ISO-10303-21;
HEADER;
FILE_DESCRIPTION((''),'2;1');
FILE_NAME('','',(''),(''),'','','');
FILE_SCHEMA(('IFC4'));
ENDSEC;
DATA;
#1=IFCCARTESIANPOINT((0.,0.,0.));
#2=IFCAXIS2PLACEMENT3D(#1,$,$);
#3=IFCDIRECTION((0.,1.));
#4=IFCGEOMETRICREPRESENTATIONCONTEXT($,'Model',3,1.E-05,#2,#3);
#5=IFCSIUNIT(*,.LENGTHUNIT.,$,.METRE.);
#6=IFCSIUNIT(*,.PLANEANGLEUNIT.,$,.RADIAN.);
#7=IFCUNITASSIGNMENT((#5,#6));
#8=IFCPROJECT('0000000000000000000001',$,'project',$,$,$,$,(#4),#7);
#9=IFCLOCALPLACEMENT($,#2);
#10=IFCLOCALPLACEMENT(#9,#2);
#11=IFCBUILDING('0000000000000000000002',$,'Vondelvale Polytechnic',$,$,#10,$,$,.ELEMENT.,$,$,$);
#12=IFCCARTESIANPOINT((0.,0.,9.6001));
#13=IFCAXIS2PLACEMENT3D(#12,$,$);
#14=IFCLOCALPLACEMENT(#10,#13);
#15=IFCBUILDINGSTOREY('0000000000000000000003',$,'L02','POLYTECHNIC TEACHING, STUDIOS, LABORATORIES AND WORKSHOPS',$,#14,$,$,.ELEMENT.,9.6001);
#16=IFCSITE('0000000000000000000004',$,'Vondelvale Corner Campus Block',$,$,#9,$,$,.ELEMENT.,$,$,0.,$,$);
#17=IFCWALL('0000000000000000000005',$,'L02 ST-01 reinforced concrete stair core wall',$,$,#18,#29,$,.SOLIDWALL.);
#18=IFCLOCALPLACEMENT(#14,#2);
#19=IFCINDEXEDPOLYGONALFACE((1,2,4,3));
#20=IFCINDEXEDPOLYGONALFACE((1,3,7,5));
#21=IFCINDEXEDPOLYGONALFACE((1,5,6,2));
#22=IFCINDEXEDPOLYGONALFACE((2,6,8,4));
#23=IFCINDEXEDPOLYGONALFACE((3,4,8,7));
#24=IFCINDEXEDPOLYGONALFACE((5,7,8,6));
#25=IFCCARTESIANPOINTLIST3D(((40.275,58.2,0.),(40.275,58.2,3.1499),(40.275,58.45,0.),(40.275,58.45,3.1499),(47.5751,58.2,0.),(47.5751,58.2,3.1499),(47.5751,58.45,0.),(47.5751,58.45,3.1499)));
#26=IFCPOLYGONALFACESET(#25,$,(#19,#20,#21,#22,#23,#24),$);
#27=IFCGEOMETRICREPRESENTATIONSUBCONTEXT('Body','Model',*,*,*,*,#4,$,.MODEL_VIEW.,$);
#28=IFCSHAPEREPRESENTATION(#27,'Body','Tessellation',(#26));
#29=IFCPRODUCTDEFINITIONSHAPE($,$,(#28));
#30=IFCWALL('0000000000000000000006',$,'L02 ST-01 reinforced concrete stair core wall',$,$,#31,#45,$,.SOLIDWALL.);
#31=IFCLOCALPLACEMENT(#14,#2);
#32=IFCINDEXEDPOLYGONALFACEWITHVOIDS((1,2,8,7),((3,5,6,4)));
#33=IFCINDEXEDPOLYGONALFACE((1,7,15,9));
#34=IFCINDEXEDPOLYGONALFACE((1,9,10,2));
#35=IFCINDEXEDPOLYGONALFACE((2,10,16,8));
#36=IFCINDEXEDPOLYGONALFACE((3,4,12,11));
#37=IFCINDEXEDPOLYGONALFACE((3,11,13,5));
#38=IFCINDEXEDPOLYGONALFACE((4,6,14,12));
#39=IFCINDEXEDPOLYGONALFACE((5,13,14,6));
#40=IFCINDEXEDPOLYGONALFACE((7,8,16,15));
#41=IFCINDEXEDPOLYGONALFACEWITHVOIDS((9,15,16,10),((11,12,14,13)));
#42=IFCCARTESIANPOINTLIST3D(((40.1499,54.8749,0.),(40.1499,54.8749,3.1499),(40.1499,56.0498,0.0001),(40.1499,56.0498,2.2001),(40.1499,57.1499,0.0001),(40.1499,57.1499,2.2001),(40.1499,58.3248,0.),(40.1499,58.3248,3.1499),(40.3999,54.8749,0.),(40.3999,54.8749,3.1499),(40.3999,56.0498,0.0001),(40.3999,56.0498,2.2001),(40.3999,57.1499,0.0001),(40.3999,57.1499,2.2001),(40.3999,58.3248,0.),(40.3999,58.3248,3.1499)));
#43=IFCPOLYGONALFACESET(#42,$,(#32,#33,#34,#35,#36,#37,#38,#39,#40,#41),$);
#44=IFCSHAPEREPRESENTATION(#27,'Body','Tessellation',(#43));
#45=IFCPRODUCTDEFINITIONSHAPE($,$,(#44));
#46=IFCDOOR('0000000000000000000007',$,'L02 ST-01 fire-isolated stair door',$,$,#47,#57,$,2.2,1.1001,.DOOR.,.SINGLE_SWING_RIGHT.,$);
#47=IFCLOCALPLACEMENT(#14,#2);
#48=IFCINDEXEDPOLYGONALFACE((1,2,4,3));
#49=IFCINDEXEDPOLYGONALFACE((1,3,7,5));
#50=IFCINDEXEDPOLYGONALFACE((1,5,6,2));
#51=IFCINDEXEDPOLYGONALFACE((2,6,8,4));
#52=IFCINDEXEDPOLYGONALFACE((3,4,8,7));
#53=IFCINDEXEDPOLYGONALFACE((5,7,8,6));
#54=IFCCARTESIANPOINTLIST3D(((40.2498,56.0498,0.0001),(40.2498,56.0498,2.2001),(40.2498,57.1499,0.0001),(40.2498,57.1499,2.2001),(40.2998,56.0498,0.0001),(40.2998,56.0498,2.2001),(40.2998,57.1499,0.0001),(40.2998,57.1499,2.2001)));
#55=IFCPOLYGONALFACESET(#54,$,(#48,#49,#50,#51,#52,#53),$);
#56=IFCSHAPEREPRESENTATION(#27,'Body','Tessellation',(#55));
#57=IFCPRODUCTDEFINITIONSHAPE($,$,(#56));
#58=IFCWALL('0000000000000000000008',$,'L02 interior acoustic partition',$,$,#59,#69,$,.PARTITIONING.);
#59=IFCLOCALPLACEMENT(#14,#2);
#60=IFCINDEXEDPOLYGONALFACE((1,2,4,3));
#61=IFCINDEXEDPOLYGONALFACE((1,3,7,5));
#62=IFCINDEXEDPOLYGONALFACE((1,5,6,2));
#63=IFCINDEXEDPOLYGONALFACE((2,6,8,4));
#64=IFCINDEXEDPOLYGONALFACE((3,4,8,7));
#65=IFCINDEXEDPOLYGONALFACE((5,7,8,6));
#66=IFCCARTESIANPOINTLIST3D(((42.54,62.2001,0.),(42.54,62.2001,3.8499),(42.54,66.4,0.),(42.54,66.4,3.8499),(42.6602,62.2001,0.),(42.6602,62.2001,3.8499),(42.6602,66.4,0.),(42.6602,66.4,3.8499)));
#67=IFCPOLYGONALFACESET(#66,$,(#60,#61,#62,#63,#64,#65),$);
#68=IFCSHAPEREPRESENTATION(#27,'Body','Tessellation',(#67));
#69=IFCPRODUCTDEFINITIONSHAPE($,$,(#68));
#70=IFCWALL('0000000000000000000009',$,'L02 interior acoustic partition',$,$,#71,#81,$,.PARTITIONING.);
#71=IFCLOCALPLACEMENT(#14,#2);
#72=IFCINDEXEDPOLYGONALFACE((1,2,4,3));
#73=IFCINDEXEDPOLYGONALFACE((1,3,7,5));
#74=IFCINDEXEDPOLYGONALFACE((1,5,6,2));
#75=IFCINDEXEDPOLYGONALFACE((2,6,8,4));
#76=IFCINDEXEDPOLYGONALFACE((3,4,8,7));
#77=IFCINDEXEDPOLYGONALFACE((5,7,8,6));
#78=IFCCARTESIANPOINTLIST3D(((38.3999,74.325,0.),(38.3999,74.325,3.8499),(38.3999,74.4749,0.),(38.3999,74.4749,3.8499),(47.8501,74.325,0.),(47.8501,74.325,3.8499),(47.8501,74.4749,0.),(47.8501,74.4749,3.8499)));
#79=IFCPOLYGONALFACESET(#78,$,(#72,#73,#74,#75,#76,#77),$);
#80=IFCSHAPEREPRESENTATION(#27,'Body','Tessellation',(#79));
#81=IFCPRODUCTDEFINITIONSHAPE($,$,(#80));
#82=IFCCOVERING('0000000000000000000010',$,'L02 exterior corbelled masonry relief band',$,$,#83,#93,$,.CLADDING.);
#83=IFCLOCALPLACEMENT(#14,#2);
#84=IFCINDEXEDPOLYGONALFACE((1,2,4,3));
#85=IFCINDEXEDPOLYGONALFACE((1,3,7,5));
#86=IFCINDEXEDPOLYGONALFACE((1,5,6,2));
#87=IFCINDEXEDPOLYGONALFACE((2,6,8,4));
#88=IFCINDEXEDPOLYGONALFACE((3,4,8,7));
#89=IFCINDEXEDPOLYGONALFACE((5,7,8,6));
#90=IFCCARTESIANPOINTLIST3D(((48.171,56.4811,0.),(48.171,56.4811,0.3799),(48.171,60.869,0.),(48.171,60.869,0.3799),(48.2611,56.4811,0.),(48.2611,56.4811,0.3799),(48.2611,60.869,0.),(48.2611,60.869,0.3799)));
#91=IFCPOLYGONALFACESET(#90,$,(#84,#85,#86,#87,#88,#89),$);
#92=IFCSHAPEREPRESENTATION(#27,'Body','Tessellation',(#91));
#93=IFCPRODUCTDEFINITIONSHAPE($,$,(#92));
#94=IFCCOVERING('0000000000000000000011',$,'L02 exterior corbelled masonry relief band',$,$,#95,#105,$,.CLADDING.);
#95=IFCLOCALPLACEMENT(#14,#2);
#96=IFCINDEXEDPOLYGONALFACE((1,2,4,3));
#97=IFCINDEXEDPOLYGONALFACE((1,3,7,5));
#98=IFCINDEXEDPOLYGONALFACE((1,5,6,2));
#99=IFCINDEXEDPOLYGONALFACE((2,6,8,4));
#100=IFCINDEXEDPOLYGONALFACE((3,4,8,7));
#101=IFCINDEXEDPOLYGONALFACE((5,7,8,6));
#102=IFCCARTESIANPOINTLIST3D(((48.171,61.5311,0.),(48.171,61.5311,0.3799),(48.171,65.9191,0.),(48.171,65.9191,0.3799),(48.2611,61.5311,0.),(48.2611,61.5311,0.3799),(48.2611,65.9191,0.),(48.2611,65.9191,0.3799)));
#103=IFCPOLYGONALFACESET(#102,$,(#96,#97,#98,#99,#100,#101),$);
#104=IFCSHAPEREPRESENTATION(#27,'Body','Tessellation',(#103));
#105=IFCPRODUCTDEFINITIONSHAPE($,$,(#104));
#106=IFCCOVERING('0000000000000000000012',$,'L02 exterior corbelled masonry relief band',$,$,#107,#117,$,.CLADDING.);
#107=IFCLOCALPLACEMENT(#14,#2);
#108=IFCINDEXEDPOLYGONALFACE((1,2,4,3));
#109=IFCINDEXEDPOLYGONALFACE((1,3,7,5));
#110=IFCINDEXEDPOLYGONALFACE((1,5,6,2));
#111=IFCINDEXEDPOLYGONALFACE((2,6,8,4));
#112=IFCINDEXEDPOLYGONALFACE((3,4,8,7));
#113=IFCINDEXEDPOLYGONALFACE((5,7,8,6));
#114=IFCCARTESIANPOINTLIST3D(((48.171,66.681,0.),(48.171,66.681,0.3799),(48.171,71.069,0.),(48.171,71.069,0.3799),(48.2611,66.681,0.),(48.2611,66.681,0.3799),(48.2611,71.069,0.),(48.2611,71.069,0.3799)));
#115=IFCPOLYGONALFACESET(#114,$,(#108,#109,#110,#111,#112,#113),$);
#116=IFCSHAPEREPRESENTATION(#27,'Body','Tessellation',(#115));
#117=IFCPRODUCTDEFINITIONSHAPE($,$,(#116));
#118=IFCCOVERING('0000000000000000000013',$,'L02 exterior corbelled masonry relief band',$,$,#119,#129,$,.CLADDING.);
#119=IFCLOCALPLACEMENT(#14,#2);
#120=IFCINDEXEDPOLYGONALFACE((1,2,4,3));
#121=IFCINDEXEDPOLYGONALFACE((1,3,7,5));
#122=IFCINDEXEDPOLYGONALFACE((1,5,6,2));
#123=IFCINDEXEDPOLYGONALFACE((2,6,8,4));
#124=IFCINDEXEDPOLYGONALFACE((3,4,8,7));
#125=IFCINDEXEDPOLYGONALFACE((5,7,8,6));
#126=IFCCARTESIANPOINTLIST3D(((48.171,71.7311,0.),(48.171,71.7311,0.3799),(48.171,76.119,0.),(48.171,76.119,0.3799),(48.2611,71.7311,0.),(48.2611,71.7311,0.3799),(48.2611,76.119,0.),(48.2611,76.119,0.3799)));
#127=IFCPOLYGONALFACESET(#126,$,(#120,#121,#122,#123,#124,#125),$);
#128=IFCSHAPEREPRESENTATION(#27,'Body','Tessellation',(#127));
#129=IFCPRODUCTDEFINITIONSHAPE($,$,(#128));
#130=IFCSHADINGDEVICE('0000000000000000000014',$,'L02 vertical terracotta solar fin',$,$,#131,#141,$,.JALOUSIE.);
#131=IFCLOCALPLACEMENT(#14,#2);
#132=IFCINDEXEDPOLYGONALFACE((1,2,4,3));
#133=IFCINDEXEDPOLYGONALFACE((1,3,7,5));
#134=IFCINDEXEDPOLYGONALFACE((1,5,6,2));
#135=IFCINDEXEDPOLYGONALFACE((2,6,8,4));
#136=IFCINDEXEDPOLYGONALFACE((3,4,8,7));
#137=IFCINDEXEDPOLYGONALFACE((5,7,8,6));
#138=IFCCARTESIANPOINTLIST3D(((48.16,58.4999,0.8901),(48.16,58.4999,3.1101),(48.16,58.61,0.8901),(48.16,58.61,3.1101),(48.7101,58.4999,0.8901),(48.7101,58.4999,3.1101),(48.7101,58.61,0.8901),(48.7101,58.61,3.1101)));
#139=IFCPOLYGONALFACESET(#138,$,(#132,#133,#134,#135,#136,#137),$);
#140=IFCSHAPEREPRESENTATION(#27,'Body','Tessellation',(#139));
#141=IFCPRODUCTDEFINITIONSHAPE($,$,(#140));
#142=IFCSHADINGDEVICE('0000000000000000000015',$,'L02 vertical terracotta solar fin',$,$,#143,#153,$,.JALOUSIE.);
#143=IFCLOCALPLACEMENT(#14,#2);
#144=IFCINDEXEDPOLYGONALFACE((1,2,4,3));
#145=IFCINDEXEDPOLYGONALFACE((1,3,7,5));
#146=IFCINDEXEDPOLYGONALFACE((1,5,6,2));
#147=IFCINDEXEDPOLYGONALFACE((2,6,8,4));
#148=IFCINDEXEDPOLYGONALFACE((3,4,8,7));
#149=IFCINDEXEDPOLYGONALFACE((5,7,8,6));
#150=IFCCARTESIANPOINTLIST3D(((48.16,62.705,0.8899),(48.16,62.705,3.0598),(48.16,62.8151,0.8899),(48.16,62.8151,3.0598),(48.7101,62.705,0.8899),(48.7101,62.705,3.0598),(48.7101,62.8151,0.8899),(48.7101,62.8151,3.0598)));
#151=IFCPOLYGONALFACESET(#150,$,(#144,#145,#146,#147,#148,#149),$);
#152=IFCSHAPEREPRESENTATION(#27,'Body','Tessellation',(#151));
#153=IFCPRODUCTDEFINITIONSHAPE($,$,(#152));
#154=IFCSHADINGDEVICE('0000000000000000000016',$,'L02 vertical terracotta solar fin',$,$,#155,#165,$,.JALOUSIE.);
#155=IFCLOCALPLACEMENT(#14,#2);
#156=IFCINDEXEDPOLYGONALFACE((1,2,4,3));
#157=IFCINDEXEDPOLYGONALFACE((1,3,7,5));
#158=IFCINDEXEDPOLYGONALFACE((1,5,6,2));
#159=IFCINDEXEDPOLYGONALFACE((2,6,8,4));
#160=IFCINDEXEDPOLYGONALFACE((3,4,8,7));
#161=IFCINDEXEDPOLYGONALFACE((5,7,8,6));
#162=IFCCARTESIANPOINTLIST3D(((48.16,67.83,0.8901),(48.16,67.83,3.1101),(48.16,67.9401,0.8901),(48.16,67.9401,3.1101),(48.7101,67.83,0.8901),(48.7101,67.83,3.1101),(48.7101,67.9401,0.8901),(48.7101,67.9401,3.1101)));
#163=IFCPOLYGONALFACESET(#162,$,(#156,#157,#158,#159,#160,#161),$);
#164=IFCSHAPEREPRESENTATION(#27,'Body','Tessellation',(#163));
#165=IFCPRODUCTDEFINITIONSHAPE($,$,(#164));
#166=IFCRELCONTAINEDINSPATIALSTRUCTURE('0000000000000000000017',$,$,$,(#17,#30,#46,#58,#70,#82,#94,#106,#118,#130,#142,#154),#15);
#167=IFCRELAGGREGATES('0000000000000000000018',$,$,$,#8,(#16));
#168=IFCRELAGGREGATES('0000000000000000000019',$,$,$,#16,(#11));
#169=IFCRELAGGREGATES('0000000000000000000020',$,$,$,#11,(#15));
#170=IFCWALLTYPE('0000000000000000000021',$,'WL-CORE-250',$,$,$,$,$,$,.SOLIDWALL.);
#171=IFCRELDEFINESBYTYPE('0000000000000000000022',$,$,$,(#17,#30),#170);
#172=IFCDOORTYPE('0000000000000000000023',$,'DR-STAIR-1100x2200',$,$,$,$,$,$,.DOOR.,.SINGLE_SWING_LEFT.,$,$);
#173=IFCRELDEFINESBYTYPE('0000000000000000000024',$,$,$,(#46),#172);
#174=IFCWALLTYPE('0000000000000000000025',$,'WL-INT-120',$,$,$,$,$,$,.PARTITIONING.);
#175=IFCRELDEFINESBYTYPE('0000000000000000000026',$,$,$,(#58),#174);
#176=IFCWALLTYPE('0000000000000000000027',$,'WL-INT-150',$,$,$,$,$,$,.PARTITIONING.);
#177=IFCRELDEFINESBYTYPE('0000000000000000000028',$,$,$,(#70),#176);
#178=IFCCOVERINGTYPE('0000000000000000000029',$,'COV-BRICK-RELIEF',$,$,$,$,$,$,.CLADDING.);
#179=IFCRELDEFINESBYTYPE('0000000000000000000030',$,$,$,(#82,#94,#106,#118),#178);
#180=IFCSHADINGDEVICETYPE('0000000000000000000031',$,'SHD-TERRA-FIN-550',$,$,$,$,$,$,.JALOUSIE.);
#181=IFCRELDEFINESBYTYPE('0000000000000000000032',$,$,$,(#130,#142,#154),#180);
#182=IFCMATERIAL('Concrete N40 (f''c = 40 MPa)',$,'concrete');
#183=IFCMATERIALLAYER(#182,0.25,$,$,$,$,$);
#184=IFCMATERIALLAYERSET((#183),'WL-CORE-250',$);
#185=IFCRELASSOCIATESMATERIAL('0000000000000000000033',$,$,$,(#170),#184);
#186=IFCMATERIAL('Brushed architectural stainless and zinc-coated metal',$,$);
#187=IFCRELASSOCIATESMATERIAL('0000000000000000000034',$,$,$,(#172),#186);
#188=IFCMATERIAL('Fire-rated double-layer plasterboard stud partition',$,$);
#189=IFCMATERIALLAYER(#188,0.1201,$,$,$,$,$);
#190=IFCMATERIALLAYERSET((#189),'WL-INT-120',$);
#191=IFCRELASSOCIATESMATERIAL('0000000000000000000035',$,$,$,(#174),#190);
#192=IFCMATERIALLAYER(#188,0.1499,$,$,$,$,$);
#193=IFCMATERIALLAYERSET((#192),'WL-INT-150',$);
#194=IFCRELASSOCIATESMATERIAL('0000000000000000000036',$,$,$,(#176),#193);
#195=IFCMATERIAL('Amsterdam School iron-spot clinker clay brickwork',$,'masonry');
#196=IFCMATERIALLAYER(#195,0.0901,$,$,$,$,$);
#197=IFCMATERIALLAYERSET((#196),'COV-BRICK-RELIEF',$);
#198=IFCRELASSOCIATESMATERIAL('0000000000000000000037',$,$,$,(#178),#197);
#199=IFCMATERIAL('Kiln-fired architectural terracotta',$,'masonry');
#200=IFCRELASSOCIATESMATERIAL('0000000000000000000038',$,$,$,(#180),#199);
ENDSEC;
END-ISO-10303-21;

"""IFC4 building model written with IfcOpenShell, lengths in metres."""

from ifc_helpers import new_model, si_unit, direction, frame, frame_2d, origin, origin_2d, place, context, subcontext, project, spatial, rectangle, extrude, material, layer, layer_set, type_object, element, fill, save


model = new_model("IFC4")

# Units and contexts
model_context = context("Model", 3, precision=1e-05, world=origin(), true_north=direction((0.0, 1.0)))
body_context = subcontext(model_context, "Body", "Model", "MODEL_VIEW")
ifc_project = project(units=[si_unit("LENGTHUNIT", "METRE"), si_unit("PLANEANGLEUNIT", "RADIAN")], contexts=[model_context])

# Site, building, storey
site_placement = place(None, origin())
site = spatial("IfcSite", under=ifc_project, at=site_placement, Name="Vondelvale Corner Campus Block", CompositionType="ELEMENT", RefElevation=0.0)
building_placement = place(site_placement, origin())
building = spatial("IfcBuilding", under=site, at=building_placement, Name="Vondelvale Polytechnic", CompositionType="ELEMENT")
storey_placement = place(building_placement, frame((0.0, 0.0, 9.6001)))
storey = spatial("IfcBuildingStorey", under=building, at=storey_placement, Name="L02", Description="POLYTECHNIC TEACHING, STUDIOS, LABORATORIES AND WORKSHOPS", CompositionType="ELEMENT", Elevation=9.6001)

# Shared definitions
ifc_material_1 = material(Name="Amsterdam School iron-spot clinker clay brickwork", Category="masonry")

# Wall
ifc_material_2 = material(Name="Concrete N40 (f'c = 40 MPa)", Category="concrete")
ifc_layer_1 = layer(ifc_material_2, 0.25)
ifc_layer_set_1 = layer_set([ifc_layer_1], Name="WL-CORE-250")
wall_type_1 = type_object("IfcWallType", Name="WL-CORE-250", PredefinedType="SOLIDWALL", material=ifc_layer_set_1)
wall_1_placement = place(storey_placement, frame((47.575, 58.325, 0.0), z_axis=(0.0, 0.0, 1.0), x_axis=(-1.0, 0.0, 0.0)))
element("IfcWall", 1, at=wall_1_placement, inside=storey, type_object=wall_type_1, Name="L02 ST-01 reinforced concrete stair core wall", PredefinedType="SOLIDWALL", context=body_context, shape_type="SweptSolid", body=[
    extrude(rectangle(XDim=7.3, YDim=0.25, at=frame_2d((3.6499, 0.0))), origin(), (0.0, 0.0, 1.0), 3.1499),
])

# Wall, opening, door
wall_2_placement = place(storey_placement, frame((40.2749, 58.325, 0.0), z_axis=(0.0, 0.0, 1.0), x_axis=(0.0, -1.0, 0.0)))
wall_2 = element("IfcWall", 2, at=wall_2_placement, inside=storey, type_object=wall_type_1, Name="L02 ST-01 reinforced concrete stair core wall", PredefinedType="SOLIDWALL", context=body_context, shape_type="SweptSolid", body=[
    extrude(rectangle(XDim=3.45, YDim=0.25, at=frame_2d((1.7251, 0.0))), origin(), (0.0, 0.0, 1.0), 3.1499),
])
opening_1_placement = place(wall_2_placement, frame((1.175, 0.0, 0.0)))
opening_1 = element("IfcOpeningElement", 3, at=opening_1_placement, cuts=wall_2, PredefinedType="OPENING", context=body_context, shape_type="SweptSolid", body=[
    extrude(rectangle(XDim=1.1001, YDim=2.2, at=frame_2d((0.55, 1.1001))), frame((0.0, 0.135, 0.0), z_axis=(0.0, -1.0, 0.0), x_axis=(1.0, 0.0, 0.0)), (0.0, 0.0, 1.0), 0.27),
])
ifc_material_3 = material(Name="Brushed architectural stainless and zinc-coated metal")
door_type = type_object("IfcDoorType", Name="DR-STAIR-1100x2200", OperationType="SINGLE_SWING_LEFT", PredefinedType="DOOR", material=ifc_material_3)
door_placement = place(opening_1_placement, origin())
door = element("IfcDoor", 4, at=door_placement, inside=storey, type_object=door_type, Name="L02 ST-01 fire-isolated stair door", OperationType="SINGLE_SWING_RIGHT", OverallHeight=2.2, OverallWidth=1.1001, PredefinedType="DOOR", context=body_context, shape_type="SweptSolid", body=[
    extrude(rectangle(XDim=1.1001, YDim=2.2, at=frame_2d((0.55, 1.1001))), frame((0.0, 0.0249, 0.0), z_axis=(0.0, -1.0, 0.0), x_axis=(1.0, 0.0, 0.0)), (0.0, 0.0, 1.0), 0.05),
])
fill(opening_1, door)

# Walls
ifc_material_4 = material(Name="Fire-rated double-layer plasterboard stud partition")
ifc_layer_2 = layer(ifc_material_4, 0.1201)
ifc_layer_set_2 = layer_set([ifc_layer_2], Name="WL-INT-120")
wall_type_2 = type_object("IfcWallType", Name="WL-INT-120", PredefinedType="PARTITIONING", material=ifc_layer_set_2)
wall_3_placement = place(storey_placement, frame((42.6001, 62.2, 0.0), z_axis=(0.0, 0.0, 1.0), x_axis=(0.0, 1.0, 0.0)))
element("IfcWall", 5, at=wall_3_placement, inside=storey, type_object=wall_type_2, Name="L02 interior acoustic partition", PredefinedType="PARTITIONING", context=body_context, shape_type="SweptSolid", body=[
    extrude(rectangle(XDim=4.2, YDim=0.1201, at=frame_2d((2.1001, 0.0))), origin(), (0.0, 0.0, 1.0), 3.8499),
])
ifc_layer_3 = layer(ifc_material_4, 0.1499)
ifc_layer_set_3 = layer_set([ifc_layer_3], Name="WL-INT-150")
wall_type_3 = type_object("IfcWallType", Name="WL-INT-150", PredefinedType="PARTITIONING", material=ifc_layer_set_3)
wall_4_placement = place(storey_placement, frame((38.3999, 74.3999, 0.0), z_axis=(0.0, 0.0, 1.0), x_axis=(1.0, 0.0, 0.0)))
element("IfcWall", 6, at=wall_4_placement, inside=storey, type_object=wall_type_3, Name="L02 interior acoustic partition", PredefinedType="PARTITIONING", context=body_context, shape_type="SweptSolid", body=[
    extrude(rectangle(XDim=9.4502, YDim=0.1499, at=frame_2d((4.7251, 0.0))), origin(), (0.0, 0.0, 1.0), 3.8499),
])

# Coverings
ifc_layer_4 = layer(ifc_material_1, 0.0901)
ifc_layer_set_4 = layer_set([ifc_layer_4], Name="COV-BRICK-RELIEF")
covering_type = type_object("IfcCoveringType", Name="COV-BRICK-RELIEF", PredefinedType="CLADDING", material=ifc_layer_set_4)
for number, where, z_axis, x_axis, name in (
    (7, (48.2161, 58.675, 0.0), (0.0, 0.0, 1.0), (0.0, -1.0, 0.0), "L02 exterior corbelled masonry relief band"),
    (8, (48.2161, 63.7251, 0.0), (0.0, 0.0, 1.0), (0.0, -1.0, 0.0), "L02 exterior corbelled masonry relief band"),
    (9, (48.2161, 68.875, 0.0), (0.0, 0.0, 1.0), (0.0, -1.0, 0.0), "L02 exterior corbelled masonry relief band"),
    (10, (48.2161, 73.925, 0.0), (0.0, 0.0, 1.0), (0.0, -1.0, 0.0), "L02 exterior corbelled masonry relief band"),
):
    element("IfcCovering", number, at=place(storey_placement, frame(where, z_axis=z_axis, x_axis=x_axis)), inside=storey, type_object=covering_type, Name=name, PredefinedType="CLADDING", context=body_context, shape_type="SweptSolid", body=[
        extrude(rectangle(XDim=4.3879, YDim=0.0901, at=origin_2d()), origin(), (0.0, 0.0, 1.0), 0.3799),
    ])

# Shading devices
ifc_material_5 = material(Name="Kiln-fired architectural terracotta", Category="masonry")
shading_device_type = type_object("IfcShadingDeviceType", Name="SHD-TERRA-FIN-550", PredefinedType="JALOUSIE", material=ifc_material_5)
shading_device_1_placement = place(storey_placement, frame((48.4351, 58.5549, 0.8901), z_axis=(0.0, 0.0, 1.0), x_axis=(0.0, -1.0, 0.0)))
element("IfcShadingDevice", 11, at=shading_device_1_placement, inside=storey, type_object=shading_device_type, Name="L02 vertical terracotta solar fin", PredefinedType="JALOUSIE", context=body_context, shape_type="SweptSolid", body=[
    extrude(rectangle(XDim=0.1101, YDim=0.55, at=origin_2d()), origin(), (0.0, 0.0, 1.0), 2.22),
])
shading_device_2_placement = place(storey_placement, frame((48.4351, 62.76, 0.8899), z_axis=(0.0, 0.0, 1.0), x_axis=(0.0, -1.0, 0.0)))
element("IfcShadingDevice", 12, at=shading_device_2_placement, inside=storey, type_object=shading_device_type, Name="L02 vertical terracotta solar fin", PredefinedType="JALOUSIE", context=body_context, shape_type="SweptSolid", body=[
    extrude(rectangle(XDim=0.1101, YDim=0.55, at=origin_2d()), origin(), (0.0, 0.0, 1.0), 2.1699),
])
shading_device_3_placement = place(storey_placement, frame((48.4351, 67.885, 0.8901), z_axis=(0.0, 0.0, 1.0), x_axis=(0.0, -1.0, 0.0)))
element("IfcShadingDevice", 13, at=shading_device_3_placement, inside=storey, type_object=shading_device_type, Name="L02 vertical terracotta solar fin", PredefinedType="JALOUSIE", context=body_context, shape_type="SweptSolid", body=[
    extrude(rectangle(XDim=0.1101, YDim=0.55, at=origin_2d()), origin(), (0.0, 0.0, 1.0), 2.22),
])

save(model, "model.ifc")
